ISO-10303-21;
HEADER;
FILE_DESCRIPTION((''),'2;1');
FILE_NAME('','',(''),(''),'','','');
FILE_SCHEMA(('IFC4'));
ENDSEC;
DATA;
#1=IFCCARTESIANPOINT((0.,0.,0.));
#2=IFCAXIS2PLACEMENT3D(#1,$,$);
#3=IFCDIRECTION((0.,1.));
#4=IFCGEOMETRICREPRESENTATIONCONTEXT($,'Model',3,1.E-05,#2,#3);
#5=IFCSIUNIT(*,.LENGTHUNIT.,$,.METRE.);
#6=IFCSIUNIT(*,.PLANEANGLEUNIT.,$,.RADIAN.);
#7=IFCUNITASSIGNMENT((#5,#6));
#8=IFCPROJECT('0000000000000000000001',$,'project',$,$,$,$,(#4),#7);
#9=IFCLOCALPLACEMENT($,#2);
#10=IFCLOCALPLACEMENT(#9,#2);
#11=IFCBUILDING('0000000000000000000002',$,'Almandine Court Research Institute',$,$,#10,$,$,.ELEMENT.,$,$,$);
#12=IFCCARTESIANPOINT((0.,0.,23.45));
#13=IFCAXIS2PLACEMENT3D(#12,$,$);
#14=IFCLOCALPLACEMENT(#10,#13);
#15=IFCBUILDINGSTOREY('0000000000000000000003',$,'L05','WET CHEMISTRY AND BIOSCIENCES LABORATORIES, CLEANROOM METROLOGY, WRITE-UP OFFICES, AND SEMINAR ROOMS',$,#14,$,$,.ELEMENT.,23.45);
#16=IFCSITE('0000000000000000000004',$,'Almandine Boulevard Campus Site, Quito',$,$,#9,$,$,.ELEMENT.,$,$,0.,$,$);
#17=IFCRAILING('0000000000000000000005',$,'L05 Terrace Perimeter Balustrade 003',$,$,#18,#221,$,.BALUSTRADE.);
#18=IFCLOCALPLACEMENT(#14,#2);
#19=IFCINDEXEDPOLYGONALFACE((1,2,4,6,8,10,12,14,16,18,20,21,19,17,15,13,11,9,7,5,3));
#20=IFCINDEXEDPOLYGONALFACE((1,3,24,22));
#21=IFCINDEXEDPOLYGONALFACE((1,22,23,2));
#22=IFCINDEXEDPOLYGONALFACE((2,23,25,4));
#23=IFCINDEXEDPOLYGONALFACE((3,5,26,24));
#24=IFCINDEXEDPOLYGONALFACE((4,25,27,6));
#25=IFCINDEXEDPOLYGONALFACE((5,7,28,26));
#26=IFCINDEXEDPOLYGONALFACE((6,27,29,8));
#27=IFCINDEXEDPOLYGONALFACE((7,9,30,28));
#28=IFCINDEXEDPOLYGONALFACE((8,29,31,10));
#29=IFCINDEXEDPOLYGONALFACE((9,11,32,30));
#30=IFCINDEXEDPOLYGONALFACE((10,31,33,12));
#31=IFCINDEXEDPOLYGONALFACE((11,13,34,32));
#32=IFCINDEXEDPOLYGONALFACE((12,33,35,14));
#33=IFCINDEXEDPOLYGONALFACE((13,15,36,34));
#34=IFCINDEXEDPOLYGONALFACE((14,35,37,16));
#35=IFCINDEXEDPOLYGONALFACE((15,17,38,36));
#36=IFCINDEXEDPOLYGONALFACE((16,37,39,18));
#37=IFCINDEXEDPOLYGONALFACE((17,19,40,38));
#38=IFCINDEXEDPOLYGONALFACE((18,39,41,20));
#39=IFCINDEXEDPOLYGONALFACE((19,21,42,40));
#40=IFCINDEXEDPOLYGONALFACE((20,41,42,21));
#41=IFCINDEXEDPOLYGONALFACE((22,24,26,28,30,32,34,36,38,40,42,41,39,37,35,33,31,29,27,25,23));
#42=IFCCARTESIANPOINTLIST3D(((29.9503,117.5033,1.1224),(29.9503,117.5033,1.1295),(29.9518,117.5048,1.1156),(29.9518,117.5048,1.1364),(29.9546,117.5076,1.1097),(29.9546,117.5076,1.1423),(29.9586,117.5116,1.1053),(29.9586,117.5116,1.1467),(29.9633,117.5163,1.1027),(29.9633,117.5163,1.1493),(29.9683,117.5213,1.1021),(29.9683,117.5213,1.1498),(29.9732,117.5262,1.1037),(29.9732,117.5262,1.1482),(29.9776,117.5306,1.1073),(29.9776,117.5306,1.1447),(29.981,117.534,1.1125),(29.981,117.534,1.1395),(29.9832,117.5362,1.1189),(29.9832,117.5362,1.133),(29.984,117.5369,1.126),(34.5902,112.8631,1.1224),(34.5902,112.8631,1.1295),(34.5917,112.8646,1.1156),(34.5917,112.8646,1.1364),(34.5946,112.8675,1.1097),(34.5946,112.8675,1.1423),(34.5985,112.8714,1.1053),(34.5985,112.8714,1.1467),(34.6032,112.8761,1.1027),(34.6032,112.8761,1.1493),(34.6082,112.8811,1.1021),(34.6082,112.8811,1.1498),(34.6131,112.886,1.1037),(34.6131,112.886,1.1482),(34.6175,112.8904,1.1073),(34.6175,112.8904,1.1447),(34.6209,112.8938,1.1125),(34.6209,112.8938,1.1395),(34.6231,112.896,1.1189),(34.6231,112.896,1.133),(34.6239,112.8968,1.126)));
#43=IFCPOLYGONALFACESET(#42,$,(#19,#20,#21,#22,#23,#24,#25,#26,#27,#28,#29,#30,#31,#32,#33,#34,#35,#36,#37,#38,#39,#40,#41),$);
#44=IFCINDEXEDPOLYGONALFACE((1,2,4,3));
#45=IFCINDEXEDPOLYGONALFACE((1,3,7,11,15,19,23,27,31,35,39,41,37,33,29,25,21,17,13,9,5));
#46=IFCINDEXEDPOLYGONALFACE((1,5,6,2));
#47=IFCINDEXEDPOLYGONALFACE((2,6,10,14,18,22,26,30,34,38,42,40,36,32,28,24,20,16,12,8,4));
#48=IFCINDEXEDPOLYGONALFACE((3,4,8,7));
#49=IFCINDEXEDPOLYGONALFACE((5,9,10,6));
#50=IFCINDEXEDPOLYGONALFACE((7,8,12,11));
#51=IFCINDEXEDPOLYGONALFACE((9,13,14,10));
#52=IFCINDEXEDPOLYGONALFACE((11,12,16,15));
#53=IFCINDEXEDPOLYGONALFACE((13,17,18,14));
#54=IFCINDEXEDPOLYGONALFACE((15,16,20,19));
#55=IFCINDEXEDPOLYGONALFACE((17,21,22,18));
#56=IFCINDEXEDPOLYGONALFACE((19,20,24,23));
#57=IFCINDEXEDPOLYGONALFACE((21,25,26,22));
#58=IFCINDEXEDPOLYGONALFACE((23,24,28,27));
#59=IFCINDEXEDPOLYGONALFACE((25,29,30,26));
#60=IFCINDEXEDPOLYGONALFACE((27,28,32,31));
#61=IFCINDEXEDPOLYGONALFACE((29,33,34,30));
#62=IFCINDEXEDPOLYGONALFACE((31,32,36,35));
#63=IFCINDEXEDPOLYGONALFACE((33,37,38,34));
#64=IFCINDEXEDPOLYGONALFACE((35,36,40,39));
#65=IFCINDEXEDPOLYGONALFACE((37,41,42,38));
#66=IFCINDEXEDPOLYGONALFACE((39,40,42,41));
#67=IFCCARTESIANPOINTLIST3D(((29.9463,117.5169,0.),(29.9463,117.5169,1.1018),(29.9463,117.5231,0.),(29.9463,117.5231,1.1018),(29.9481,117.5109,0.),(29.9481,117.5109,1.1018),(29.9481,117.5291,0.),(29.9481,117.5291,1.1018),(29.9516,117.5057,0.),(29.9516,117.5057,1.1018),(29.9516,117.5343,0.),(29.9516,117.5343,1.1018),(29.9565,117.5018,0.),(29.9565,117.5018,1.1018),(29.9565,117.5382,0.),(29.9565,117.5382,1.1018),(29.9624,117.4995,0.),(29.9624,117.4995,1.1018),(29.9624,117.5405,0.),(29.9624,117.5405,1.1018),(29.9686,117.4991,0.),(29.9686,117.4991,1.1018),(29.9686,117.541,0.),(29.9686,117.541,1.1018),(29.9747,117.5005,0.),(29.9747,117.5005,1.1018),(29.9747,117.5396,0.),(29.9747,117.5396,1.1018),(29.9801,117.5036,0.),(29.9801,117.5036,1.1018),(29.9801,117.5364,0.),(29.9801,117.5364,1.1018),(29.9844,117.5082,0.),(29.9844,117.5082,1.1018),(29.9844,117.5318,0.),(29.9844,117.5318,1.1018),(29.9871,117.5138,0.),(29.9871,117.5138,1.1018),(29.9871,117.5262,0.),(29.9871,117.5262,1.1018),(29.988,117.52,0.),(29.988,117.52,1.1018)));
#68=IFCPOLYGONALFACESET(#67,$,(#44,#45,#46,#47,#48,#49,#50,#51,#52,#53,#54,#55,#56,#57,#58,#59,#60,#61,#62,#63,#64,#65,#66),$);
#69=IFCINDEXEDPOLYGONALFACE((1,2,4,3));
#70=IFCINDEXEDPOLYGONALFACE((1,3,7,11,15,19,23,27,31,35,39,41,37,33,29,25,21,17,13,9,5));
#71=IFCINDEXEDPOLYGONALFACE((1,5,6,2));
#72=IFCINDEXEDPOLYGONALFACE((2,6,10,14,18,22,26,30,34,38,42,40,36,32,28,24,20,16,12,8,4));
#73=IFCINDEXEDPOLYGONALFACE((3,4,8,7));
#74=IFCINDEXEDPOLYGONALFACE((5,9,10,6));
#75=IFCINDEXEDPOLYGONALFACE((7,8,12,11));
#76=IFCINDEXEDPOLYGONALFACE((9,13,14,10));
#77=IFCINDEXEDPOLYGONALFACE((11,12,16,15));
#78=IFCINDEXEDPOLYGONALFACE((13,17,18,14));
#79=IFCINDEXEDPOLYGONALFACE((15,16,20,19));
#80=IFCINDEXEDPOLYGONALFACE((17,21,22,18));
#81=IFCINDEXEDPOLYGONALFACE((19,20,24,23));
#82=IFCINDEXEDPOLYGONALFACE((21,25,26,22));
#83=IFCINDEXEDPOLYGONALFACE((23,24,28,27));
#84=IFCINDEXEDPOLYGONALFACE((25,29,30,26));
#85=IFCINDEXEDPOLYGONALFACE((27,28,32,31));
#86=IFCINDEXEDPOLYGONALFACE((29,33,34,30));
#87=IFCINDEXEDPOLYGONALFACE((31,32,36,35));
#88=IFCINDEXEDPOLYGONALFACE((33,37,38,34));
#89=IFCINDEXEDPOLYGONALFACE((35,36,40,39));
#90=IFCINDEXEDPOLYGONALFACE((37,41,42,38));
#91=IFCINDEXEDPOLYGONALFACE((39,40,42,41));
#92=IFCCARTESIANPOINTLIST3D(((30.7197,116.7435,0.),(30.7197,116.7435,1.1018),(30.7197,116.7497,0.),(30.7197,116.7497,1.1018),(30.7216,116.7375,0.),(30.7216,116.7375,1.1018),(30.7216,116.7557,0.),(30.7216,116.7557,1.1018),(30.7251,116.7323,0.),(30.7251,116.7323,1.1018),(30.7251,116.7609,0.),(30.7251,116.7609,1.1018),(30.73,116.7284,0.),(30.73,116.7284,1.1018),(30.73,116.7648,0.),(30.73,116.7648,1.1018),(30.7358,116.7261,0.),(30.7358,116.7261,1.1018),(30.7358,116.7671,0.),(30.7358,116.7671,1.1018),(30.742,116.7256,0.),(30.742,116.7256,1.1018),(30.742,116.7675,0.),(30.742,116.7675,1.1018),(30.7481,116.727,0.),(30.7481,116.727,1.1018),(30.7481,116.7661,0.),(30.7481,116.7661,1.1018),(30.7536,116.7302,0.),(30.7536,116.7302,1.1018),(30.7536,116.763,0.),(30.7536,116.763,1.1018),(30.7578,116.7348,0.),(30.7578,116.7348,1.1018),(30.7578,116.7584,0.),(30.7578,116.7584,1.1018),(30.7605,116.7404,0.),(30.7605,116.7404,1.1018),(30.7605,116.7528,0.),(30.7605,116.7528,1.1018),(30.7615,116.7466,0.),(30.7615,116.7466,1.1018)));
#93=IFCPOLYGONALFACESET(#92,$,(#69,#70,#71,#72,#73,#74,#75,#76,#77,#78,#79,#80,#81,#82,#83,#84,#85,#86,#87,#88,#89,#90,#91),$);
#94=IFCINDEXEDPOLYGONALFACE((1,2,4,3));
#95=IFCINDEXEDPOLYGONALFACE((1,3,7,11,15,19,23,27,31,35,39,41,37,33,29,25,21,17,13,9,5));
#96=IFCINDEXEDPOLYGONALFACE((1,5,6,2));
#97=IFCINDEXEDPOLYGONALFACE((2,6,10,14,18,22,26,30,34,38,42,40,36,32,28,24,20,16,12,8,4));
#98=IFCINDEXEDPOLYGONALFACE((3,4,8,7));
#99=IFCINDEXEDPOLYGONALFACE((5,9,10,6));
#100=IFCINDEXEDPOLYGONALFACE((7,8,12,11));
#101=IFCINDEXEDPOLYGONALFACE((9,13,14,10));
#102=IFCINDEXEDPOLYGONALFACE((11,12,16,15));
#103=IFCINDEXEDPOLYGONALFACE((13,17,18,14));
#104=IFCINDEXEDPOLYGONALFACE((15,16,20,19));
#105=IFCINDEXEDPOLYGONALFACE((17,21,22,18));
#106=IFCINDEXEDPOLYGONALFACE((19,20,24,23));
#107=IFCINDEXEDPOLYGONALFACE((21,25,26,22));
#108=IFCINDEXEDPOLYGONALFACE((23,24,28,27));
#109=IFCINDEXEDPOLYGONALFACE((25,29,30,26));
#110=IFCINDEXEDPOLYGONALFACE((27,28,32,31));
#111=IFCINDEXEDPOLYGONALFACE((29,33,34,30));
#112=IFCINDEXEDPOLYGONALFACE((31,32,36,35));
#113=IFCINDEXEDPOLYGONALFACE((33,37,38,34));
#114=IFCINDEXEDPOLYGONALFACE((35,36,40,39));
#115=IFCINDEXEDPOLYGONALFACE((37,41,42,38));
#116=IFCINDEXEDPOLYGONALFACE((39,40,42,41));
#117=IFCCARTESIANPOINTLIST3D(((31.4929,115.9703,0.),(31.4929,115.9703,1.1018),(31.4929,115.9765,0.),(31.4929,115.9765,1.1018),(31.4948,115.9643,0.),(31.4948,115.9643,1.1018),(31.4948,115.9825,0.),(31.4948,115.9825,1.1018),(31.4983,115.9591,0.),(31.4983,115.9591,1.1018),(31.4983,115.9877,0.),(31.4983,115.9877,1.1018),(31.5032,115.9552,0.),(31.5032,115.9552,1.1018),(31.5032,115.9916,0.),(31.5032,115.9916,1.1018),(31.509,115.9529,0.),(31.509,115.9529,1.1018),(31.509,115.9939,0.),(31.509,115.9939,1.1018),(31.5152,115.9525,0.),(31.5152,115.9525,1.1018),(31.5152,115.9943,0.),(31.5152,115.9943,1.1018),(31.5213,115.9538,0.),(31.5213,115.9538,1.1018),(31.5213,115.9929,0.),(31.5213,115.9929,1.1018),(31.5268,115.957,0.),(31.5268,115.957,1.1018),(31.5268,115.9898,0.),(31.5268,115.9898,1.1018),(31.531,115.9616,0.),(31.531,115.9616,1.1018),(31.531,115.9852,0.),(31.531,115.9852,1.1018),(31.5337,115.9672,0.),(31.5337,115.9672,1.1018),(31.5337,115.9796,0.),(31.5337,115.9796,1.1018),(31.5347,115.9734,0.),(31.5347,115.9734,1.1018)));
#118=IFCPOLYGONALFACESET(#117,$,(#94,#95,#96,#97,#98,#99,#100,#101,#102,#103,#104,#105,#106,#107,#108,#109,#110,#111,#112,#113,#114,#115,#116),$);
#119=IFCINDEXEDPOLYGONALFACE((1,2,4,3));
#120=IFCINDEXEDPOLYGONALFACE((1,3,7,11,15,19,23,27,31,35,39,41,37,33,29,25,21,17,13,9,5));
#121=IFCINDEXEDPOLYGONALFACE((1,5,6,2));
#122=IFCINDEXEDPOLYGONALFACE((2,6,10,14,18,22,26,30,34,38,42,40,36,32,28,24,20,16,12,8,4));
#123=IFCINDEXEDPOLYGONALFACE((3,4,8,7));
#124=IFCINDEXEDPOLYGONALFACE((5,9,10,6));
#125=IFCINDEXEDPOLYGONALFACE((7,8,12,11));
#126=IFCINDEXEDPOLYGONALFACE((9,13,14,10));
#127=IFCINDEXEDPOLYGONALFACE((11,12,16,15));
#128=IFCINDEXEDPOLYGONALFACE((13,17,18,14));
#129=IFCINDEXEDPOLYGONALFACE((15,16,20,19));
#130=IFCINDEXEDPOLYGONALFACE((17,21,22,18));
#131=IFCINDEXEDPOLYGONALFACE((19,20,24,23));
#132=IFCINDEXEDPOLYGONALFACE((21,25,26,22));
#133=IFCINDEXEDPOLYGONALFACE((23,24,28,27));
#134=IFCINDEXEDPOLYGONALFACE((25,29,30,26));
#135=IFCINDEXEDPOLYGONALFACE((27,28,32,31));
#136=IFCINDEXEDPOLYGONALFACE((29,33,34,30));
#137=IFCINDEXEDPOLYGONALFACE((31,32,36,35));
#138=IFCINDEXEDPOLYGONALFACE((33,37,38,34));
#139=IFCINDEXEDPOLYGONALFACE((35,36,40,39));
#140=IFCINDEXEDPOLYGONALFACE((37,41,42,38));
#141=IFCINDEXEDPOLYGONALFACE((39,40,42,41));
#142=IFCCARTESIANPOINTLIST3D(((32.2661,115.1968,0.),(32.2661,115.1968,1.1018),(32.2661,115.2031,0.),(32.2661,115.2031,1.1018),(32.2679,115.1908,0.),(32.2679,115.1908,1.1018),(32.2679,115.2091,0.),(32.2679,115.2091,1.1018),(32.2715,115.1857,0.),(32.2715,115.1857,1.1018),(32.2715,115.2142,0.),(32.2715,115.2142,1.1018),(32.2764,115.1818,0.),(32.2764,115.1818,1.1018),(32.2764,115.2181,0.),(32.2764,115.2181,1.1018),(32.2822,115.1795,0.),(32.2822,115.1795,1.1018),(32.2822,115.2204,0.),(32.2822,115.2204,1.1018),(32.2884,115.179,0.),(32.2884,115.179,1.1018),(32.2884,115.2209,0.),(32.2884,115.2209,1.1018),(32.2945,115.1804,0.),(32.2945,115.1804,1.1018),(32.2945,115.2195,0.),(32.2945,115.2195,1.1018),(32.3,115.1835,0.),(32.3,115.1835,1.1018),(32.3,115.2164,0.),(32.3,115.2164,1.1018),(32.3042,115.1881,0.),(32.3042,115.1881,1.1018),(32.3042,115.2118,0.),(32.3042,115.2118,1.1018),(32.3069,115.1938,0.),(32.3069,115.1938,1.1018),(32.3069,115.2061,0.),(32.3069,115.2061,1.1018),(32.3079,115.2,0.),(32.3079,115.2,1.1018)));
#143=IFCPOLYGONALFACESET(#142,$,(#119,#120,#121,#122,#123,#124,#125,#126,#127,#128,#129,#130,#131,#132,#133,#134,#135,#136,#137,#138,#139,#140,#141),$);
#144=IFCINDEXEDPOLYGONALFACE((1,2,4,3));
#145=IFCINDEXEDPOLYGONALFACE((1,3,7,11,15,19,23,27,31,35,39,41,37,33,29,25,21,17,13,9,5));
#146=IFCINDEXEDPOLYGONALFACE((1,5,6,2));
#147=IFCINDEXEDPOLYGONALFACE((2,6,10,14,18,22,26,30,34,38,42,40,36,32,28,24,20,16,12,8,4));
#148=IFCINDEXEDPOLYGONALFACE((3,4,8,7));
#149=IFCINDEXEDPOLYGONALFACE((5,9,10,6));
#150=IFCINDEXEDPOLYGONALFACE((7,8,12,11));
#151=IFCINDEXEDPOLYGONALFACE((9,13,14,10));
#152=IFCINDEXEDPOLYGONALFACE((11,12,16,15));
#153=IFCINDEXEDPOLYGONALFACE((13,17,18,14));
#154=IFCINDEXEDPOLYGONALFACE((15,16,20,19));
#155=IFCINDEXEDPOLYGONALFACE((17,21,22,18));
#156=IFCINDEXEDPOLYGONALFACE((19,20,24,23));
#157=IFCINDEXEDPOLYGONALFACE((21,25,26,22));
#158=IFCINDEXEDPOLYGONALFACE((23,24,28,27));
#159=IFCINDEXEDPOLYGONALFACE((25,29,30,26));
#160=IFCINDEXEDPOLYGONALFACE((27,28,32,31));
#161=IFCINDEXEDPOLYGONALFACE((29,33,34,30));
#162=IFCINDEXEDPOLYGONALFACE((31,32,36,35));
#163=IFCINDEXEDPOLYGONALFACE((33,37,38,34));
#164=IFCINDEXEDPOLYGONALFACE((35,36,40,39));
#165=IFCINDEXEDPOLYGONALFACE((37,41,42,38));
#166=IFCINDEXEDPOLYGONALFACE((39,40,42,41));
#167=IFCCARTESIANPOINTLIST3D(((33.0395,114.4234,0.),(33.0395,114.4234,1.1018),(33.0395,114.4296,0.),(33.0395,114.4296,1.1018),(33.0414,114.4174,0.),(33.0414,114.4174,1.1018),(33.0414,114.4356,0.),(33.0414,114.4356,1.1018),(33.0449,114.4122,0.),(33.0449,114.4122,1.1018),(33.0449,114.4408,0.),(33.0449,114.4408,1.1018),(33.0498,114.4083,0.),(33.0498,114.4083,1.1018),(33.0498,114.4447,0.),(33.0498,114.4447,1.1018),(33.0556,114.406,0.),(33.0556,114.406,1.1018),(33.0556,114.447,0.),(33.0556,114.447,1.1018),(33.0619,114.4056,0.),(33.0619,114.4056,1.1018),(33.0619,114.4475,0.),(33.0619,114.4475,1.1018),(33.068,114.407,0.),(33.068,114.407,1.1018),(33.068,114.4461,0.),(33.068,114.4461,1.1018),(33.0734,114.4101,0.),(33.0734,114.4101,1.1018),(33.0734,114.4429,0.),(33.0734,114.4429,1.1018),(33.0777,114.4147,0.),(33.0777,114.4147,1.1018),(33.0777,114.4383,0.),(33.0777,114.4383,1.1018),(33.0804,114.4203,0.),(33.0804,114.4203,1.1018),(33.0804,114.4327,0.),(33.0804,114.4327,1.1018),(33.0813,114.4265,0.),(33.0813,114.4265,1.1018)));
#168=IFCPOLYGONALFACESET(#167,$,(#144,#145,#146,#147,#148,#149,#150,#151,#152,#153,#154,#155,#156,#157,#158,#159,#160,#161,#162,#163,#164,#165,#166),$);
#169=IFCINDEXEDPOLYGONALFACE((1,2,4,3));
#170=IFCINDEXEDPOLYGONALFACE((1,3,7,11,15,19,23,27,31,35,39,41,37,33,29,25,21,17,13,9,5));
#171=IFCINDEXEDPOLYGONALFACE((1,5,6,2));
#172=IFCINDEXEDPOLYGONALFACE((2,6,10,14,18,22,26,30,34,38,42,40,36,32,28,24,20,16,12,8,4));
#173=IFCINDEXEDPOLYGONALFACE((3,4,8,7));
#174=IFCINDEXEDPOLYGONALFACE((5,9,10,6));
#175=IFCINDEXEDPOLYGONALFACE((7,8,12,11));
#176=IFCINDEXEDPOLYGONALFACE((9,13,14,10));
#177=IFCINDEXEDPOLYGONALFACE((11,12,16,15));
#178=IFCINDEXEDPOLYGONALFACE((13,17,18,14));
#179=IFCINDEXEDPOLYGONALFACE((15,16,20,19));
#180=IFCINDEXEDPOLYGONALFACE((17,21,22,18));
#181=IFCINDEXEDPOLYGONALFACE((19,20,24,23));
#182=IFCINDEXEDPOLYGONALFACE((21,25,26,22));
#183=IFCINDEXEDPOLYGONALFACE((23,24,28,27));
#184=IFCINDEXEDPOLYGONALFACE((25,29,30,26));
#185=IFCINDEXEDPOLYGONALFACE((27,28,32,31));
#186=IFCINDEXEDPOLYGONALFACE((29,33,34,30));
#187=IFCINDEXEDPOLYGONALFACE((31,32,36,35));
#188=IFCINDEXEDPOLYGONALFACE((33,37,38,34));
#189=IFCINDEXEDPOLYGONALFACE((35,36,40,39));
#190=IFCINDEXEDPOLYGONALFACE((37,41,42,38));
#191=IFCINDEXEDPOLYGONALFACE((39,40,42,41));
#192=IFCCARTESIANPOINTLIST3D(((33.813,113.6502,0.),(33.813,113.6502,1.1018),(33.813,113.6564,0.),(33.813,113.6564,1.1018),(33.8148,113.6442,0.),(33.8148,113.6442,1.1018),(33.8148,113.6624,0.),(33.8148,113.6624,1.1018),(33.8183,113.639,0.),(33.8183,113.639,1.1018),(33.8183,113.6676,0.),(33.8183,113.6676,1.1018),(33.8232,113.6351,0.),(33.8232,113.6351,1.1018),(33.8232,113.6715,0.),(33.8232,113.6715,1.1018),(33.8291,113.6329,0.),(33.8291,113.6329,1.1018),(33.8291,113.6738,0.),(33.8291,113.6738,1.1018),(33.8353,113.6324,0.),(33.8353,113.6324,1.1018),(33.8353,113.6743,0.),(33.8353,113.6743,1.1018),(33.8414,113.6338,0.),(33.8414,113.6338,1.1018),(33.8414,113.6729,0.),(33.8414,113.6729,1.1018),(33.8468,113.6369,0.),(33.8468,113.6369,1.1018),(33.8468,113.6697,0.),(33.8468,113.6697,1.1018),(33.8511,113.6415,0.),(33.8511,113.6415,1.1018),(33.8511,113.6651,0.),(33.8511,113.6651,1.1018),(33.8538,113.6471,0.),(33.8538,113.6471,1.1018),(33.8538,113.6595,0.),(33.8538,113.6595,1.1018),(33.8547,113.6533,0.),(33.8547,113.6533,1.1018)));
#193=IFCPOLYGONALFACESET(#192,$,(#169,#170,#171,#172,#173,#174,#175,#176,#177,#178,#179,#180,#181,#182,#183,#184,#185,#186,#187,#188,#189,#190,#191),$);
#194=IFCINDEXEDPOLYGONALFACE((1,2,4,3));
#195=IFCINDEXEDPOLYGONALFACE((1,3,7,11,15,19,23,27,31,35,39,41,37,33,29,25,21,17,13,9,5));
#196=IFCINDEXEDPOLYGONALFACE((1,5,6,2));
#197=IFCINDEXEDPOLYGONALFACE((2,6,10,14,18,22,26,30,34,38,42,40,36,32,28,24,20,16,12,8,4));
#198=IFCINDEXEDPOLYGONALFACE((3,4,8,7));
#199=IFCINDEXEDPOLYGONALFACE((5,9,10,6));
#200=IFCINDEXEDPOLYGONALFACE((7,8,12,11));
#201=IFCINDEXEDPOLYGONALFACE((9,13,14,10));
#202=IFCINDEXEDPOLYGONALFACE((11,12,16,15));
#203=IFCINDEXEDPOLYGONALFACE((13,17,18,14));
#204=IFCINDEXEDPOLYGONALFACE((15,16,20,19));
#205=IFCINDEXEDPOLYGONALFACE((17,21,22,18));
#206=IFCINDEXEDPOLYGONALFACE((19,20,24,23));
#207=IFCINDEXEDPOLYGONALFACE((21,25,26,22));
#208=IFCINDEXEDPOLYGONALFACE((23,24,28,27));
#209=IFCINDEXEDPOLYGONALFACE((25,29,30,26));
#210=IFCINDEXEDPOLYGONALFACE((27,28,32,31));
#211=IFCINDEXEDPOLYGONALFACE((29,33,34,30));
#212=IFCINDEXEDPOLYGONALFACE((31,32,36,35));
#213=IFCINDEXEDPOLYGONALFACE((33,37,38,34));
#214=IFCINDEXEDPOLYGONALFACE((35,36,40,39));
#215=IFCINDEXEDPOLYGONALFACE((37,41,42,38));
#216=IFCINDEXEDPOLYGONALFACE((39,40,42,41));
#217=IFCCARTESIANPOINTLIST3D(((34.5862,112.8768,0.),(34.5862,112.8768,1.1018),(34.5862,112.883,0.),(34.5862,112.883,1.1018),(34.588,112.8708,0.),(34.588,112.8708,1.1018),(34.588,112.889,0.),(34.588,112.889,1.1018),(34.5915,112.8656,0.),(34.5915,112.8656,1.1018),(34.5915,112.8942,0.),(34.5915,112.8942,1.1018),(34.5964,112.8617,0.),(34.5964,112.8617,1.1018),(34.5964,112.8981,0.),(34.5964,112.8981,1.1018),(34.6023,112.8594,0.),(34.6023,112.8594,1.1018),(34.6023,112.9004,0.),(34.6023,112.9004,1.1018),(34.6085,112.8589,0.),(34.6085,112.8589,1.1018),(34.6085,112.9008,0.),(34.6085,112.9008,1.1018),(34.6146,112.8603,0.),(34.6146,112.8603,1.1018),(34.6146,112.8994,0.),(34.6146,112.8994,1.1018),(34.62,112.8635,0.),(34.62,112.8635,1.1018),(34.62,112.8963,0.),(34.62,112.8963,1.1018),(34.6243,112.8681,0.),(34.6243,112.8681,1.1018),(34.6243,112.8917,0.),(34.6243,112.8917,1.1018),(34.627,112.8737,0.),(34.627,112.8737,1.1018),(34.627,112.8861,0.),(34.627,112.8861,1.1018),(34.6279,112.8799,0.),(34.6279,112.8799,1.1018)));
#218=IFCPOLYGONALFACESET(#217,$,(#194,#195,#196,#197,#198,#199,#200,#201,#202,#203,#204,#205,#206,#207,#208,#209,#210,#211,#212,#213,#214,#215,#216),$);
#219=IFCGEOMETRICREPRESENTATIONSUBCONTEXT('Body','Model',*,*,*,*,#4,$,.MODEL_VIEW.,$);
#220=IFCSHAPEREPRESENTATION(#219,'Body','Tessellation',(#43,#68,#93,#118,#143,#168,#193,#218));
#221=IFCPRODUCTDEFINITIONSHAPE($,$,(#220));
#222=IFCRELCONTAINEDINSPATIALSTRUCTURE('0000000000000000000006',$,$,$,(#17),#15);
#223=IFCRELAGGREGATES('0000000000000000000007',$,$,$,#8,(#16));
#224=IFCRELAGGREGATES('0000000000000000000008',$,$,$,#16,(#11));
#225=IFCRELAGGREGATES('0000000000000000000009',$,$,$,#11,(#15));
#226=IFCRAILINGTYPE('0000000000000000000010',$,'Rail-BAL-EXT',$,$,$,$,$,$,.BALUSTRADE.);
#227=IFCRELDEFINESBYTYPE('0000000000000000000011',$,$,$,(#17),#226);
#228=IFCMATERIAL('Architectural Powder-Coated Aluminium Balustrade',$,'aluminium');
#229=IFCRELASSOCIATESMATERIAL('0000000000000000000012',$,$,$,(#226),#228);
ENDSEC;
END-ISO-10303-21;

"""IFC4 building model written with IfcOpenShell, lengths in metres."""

from ifc_helpers import new_model, si_unit, direction, frame, origin, origin_2d, place, context, subcontext, project, spatial, circle, extrude, material, type_object, element, save


model = new_model("IFC4")

# Units and contexts
model_context = context("Model", 3, precision=1e-05, world=origin(), true_north=direction((0.0, 1.0)))
body_context = subcontext(model_context, "Body", "Model", "MODEL_VIEW")
ifc_project = project(units=[si_unit("LENGTHUNIT", "METRE"), si_unit("PLANEANGLEUNIT", "RADIAN")], contexts=[model_context])

# Site, building, storey
site_placement = place(None, origin())
site = spatial("IfcSite", under=ifc_project, at=site_placement, Name="Almandine Boulevard Campus Site, Quito", CompositionType="ELEMENT", RefElevation=0.0)
building_placement = place(site_placement, origin())
building = spatial("IfcBuilding", under=site, at=building_placement, Name="Almandine Court Research Institute", CompositionType="ELEMENT")
storey_placement = place(building_placement, frame((0.0, 0.0, 23.45)))
storey = spatial("IfcBuildingStorey", under=building, at=storey_placement, Name="L05", Description="WET CHEMISTRY AND BIOSCIENCES LABORATORIES, CLEANROOM METROLOGY, WRITE-UP OFFICES, AND SEMINAR ROOMS", CompositionType="ELEMENT", Elevation=23.45)

# Railing
ifc_material_1 = material(Name="Architectural Powder-Coated Aluminium Balustrade", Category="aluminium")
railing_type_1 = type_object("IfcRailingType", Name="Rail-BAL-EXT", PredefinedType="BALUSTRADE", material=ifc_material_1)
railing_1_placement = place(storey_placement, frame((29.967, 117.52, 0.0)))
element("IfcRailing", 1, at=railing_1_placement, inside=storey, type_object=railing_type_1, Name="L05 Terrace Perimeter Balustrade 003", PredefinedType="BALUSTRADE", context=body_context, shape_type="SweptSolid", body=[
    extrude(circle(Radius=0.0239, at=origin_2d()), frame((0.0, 0.0, 1.126), z_axis=(0.707088, -0.707125, 0.0), x_axis=(0.707125, 0.707088, 0.0)), (0.0, 0.0, 1.0), 6.562),
    extrude(circle(Radius=0.021, at=origin_2d()), origin(), (0.0, 0.0, 1.0), 1.1018),
    extrude(circle(Radius=0.021, at=origin_2d()), frame((0.7734, -0.7734, 0.0)), (0.0, 0.0, 1.0), 1.1018),
    extrude(circle(Radius=0.021, at=origin_2d()), frame((1.5466, -1.5466, 0.0)), (0.0, 0.0, 1.0), 1.1018),
    extrude(circle(Radius=0.021, at=origin_2d()), frame((2.3198, -2.3201, 0.0)), (0.0, 0.0, 1.0), 1.1018),
    extrude(circle(Radius=0.021, at=origin_2d()), frame((3.0933, -3.0935, 0.0)), (0.0, 0.0, 1.0), 1.1018),
    extrude(circle(Radius=0.021, at=origin_2d()), frame((3.8667, -3.8667, 0.0)), (0.0, 0.0, 1.0), 1.1018),
    extrude(circle(Radius=0.021, at=origin_2d()), frame((4.6399, -4.6401, 0.0)), (0.0, 0.0, 1.0), 1.1018),
])

save(model, "model.ifc")
